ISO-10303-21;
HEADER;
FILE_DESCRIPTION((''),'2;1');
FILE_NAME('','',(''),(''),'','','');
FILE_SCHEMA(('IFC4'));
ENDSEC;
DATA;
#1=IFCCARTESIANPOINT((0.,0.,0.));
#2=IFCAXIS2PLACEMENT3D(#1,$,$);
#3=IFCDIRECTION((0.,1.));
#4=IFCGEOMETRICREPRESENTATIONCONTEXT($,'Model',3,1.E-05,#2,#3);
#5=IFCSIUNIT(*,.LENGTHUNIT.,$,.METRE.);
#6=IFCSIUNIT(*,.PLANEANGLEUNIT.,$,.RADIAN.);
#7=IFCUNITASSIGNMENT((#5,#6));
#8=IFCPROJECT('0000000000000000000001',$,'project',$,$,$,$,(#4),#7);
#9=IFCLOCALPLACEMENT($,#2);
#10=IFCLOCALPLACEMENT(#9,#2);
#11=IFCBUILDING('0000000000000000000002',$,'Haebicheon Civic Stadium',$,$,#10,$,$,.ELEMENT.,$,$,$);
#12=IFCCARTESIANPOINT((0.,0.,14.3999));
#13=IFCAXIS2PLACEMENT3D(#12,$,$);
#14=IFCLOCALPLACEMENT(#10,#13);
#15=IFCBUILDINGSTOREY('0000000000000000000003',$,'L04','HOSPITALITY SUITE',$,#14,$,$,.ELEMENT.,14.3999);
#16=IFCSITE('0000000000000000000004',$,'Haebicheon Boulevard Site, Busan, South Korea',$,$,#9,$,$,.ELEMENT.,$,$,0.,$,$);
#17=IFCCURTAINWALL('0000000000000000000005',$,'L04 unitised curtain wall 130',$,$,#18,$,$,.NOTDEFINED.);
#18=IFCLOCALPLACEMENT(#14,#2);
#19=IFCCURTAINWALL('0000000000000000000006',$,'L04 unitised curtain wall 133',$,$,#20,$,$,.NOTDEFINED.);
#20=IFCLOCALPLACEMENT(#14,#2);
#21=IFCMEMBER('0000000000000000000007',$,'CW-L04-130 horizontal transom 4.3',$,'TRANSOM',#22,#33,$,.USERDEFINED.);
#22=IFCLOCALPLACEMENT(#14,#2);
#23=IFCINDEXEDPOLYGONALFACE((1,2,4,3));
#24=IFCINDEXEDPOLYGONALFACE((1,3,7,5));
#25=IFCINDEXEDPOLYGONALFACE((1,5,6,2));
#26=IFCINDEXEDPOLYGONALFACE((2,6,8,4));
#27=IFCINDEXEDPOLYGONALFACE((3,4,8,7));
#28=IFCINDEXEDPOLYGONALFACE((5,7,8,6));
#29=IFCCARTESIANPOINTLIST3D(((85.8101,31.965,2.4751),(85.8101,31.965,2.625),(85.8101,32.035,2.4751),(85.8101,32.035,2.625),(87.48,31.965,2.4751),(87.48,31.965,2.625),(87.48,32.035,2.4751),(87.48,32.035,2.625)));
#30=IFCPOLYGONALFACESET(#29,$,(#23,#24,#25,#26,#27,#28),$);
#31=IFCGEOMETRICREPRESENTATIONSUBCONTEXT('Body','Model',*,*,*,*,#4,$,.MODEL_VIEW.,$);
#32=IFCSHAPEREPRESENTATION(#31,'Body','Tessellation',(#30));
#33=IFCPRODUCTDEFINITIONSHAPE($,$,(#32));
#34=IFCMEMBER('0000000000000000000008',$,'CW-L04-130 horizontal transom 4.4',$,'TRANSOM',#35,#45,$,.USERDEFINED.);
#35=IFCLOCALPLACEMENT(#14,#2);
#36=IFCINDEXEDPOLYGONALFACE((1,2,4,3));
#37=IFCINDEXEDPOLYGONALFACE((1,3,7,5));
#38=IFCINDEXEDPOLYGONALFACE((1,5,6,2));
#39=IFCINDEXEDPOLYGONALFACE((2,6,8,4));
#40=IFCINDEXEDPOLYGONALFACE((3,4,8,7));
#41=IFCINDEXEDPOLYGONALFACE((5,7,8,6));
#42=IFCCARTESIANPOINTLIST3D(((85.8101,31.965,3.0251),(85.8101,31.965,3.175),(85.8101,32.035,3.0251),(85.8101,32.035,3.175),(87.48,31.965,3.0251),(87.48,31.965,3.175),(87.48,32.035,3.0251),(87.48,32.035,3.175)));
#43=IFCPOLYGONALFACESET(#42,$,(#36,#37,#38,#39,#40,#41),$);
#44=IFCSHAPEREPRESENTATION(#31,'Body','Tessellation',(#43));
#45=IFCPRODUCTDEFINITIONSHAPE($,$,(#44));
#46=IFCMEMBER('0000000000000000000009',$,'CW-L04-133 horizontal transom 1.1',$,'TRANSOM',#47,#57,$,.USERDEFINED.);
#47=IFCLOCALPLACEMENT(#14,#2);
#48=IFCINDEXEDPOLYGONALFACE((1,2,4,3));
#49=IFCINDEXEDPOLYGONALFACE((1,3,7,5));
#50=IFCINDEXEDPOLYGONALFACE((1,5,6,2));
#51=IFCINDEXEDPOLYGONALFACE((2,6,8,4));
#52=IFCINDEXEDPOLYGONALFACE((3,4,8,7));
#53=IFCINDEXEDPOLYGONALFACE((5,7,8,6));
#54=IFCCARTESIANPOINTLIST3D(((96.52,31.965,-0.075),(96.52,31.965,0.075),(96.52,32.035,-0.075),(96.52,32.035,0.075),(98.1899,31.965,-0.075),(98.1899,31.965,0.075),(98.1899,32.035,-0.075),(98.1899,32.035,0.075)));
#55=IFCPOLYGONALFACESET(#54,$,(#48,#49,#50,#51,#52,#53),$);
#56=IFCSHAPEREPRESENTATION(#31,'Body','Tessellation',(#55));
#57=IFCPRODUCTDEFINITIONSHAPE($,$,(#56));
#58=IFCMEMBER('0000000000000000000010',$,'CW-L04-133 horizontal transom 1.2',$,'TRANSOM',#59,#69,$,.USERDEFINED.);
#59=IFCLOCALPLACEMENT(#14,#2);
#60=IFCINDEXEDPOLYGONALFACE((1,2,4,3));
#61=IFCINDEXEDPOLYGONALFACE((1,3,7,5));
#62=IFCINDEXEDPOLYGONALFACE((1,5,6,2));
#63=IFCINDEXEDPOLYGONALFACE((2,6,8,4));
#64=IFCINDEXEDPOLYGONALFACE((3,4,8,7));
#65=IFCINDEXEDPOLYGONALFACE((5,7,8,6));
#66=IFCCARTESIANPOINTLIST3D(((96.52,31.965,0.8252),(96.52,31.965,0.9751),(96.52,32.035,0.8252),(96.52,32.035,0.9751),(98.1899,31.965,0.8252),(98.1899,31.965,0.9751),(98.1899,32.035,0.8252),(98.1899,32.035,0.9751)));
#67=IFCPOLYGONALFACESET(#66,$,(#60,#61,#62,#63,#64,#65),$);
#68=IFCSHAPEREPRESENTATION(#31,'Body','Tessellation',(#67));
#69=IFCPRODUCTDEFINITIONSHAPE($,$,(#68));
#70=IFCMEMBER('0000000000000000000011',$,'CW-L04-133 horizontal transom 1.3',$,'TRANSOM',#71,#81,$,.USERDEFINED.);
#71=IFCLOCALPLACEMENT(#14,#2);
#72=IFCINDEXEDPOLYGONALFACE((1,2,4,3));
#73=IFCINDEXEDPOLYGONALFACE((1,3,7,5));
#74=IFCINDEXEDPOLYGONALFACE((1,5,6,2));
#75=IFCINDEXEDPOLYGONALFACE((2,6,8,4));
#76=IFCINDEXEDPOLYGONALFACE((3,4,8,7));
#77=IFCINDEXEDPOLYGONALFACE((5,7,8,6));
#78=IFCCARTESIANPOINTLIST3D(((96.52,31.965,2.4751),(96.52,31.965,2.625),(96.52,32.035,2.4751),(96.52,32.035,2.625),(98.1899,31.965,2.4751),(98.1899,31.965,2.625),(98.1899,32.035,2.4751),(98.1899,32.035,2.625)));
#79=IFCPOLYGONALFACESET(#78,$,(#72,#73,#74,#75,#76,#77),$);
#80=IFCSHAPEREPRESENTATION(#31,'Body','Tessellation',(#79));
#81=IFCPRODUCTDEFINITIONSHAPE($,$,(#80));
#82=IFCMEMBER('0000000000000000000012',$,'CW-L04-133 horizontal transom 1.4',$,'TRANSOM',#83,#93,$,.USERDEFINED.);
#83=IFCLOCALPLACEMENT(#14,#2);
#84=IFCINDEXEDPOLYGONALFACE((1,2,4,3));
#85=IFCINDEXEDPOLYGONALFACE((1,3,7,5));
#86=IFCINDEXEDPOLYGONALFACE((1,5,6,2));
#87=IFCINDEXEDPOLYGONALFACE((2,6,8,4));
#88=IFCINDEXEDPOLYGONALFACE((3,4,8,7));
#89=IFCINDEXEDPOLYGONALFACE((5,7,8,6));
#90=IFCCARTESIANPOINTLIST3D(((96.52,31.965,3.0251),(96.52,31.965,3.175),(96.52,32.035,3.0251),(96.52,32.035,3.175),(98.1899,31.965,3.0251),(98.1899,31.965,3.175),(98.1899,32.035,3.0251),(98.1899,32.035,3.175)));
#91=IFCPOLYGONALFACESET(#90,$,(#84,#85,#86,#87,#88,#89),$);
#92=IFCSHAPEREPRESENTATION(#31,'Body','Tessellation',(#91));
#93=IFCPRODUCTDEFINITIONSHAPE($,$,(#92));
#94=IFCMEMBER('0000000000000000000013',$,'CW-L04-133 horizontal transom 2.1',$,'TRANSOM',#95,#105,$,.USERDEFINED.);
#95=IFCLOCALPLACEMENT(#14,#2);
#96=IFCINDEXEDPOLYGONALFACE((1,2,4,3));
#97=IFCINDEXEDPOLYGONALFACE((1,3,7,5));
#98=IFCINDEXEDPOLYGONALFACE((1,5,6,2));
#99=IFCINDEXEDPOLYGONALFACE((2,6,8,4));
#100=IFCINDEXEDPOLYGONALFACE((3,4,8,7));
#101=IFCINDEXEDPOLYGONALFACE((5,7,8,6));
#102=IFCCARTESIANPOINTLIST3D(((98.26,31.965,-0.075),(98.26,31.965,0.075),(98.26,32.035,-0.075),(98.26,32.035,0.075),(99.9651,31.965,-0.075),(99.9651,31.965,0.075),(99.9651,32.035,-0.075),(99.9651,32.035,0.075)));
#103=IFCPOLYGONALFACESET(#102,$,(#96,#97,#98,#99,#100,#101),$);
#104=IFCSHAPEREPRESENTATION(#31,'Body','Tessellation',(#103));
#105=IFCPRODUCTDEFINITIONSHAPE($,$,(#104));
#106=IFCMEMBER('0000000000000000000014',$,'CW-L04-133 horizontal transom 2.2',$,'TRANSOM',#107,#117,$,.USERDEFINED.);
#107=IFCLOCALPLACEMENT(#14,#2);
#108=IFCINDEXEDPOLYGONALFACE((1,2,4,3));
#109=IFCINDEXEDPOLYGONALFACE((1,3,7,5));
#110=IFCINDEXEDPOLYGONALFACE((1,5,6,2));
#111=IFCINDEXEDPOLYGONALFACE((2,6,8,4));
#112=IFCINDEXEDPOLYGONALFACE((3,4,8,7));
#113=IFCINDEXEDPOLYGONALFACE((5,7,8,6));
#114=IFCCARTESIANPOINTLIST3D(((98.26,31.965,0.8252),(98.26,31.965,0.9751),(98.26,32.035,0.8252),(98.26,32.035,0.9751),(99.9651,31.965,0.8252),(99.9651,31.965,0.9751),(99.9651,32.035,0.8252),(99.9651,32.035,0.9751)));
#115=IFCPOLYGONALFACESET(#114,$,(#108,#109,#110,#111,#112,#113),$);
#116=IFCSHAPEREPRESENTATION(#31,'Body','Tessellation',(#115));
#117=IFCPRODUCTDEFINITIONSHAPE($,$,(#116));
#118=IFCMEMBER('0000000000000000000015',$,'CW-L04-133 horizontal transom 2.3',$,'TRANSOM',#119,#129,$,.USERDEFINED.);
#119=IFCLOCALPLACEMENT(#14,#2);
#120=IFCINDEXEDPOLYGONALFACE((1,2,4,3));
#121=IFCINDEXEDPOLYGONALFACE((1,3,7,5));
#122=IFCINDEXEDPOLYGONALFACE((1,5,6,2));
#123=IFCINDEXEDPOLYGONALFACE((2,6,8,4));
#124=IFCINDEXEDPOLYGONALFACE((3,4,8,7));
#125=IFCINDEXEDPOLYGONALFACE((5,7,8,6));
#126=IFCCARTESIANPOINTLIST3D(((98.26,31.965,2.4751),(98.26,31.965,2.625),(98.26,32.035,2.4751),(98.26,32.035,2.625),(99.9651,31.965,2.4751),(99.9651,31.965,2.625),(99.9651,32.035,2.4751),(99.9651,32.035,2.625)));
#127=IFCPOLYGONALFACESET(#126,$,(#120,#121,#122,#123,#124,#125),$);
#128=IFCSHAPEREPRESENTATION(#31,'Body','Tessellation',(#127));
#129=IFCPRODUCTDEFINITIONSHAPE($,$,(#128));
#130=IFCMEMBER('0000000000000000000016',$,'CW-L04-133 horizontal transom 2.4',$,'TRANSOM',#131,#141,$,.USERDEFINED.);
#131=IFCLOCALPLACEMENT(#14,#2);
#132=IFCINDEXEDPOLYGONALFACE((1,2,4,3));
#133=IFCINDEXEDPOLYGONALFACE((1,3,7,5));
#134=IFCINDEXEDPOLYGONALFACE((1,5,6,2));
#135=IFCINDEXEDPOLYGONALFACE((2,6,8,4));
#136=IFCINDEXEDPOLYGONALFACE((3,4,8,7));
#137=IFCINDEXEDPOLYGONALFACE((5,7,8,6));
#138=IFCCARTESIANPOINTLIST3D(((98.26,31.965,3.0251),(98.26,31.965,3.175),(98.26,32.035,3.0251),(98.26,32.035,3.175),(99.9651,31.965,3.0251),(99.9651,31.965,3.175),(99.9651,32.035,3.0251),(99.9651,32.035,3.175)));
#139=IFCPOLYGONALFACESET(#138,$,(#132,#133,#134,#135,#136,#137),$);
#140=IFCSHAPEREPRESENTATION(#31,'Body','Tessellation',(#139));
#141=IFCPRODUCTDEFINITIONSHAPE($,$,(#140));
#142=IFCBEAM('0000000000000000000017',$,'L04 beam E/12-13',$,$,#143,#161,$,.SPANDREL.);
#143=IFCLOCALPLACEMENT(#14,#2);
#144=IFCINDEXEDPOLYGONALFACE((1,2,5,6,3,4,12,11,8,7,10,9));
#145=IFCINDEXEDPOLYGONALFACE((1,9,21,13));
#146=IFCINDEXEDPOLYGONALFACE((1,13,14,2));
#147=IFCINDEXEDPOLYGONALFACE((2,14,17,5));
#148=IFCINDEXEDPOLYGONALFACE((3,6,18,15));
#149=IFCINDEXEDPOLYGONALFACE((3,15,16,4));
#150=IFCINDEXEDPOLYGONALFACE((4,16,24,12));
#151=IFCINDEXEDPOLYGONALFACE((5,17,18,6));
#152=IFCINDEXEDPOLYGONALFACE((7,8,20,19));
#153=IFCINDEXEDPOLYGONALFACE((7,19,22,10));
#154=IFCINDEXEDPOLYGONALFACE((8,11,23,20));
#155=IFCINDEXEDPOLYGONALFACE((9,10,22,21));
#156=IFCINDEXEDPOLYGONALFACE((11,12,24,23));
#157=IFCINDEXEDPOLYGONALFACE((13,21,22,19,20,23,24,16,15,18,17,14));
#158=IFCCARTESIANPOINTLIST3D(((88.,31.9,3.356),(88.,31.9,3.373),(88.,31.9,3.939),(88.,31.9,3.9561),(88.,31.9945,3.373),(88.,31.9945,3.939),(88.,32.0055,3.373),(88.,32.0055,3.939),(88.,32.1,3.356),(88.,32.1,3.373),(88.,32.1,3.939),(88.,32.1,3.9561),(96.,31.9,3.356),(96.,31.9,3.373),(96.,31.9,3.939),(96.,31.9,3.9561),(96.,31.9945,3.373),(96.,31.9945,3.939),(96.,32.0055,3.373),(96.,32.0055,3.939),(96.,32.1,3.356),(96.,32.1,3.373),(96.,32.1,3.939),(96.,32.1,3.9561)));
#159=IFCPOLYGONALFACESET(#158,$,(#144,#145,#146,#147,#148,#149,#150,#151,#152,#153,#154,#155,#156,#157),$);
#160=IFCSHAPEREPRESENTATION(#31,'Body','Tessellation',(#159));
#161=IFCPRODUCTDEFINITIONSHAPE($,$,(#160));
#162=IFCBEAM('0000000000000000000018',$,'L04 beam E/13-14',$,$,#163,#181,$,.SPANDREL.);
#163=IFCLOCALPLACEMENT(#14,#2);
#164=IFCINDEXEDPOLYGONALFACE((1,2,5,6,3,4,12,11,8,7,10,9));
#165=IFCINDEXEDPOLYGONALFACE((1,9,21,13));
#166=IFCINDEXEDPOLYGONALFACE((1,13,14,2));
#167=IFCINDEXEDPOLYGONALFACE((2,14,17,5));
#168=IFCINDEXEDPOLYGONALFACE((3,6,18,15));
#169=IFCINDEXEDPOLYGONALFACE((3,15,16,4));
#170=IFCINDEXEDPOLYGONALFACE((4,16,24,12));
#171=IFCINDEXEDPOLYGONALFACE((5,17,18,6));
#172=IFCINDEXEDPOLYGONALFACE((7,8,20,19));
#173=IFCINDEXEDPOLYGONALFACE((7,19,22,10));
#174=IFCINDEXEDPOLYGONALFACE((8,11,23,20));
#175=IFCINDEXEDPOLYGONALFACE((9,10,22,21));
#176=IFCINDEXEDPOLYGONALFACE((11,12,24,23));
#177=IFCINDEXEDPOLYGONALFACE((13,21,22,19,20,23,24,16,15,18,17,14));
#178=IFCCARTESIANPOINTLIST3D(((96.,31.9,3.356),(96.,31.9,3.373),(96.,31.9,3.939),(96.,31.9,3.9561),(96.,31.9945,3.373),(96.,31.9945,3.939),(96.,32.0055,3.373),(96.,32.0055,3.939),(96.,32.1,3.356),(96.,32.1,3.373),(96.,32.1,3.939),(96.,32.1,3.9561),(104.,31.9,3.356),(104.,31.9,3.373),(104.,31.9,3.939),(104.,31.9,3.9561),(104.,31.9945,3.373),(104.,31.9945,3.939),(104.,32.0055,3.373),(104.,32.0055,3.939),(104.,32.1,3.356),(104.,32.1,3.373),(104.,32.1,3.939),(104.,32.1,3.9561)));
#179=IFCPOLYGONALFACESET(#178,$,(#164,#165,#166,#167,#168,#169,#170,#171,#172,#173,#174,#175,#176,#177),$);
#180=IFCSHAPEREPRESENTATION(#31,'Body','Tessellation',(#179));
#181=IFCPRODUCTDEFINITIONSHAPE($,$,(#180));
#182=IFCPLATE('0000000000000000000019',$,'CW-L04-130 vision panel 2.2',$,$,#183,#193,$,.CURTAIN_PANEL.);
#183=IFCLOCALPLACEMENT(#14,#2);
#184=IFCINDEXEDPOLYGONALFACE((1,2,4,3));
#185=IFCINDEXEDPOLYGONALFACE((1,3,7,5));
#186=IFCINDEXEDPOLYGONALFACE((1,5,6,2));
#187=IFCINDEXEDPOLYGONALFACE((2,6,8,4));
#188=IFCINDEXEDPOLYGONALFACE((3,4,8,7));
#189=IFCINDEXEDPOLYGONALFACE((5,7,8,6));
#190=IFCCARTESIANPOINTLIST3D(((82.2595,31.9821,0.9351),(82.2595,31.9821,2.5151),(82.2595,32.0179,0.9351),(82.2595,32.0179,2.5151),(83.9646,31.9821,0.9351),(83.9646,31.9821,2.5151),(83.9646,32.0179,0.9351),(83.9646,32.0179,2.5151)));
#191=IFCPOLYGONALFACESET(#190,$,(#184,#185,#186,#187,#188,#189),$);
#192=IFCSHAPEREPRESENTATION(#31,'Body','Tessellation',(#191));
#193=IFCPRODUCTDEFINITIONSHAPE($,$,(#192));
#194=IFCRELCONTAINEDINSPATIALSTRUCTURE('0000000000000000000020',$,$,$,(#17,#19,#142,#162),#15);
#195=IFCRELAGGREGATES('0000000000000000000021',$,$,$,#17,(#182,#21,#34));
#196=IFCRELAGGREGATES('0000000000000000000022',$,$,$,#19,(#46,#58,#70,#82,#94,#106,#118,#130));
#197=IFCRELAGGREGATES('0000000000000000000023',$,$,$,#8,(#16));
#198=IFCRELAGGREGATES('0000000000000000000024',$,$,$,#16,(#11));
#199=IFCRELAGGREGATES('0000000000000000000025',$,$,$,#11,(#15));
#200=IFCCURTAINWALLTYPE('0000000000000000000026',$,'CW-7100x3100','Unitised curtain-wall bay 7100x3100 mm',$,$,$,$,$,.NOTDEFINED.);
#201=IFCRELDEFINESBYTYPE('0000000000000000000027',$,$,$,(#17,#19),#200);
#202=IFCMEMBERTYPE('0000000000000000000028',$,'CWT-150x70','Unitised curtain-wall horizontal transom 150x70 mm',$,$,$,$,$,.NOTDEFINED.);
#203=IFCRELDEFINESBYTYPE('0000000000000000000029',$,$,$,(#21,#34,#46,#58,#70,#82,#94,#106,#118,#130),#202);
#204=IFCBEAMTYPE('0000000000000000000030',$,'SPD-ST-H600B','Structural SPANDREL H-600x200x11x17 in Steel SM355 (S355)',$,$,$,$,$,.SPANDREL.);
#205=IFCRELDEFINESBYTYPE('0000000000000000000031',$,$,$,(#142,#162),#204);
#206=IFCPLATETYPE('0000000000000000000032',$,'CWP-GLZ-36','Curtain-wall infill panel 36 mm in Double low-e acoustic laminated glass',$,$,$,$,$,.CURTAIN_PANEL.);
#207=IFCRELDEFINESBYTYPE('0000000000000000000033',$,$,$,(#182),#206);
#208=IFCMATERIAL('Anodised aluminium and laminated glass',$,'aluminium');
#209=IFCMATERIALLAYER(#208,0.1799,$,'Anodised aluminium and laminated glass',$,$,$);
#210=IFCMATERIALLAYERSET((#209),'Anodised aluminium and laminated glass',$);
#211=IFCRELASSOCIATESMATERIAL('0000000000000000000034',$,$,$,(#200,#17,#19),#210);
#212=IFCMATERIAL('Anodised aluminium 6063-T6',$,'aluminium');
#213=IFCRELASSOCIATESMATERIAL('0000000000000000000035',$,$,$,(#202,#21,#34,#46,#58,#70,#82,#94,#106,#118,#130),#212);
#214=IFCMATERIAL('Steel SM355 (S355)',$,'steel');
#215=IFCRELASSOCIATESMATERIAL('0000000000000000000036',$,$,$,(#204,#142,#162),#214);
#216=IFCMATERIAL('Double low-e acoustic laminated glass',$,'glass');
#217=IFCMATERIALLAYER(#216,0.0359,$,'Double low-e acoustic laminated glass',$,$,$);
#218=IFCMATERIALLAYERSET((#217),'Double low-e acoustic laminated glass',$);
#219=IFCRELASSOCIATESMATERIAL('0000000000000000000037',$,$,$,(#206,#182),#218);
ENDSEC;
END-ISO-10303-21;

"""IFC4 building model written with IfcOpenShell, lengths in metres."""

from ifc_helpers import new_model, si_unit, direction, frame, origin, origin_2d, place, context, subcontext, project, spatial, rectangle, i_section, extrude, material, layer, layer_set, material_profile, profile_set, type_object, element, aggregate, save


model = new_model("IFC4")

# Units and contexts
model_context = context("Model", 3, precision=1e-05, world=origin(), true_north=direction((0.0, 1.0)))
body_context = subcontext(model_context, "Body", "Model", "MODEL_VIEW")
ifc_project = project(units=[si_unit("LENGTHUNIT", "METRE"), si_unit("PLANEANGLEUNIT", "RADIAN")], contexts=[model_context])

# Site, building, storey
site_placement = place(None, origin())
site = spatial("IfcSite", under=ifc_project, at=site_placement, Name="Haebicheon Boulevard Site, Busan, South Korea", CompositionType="ELEMENT", RefElevation=0.0)
building_placement = place(site_placement, origin())
building = spatial("IfcBuilding", under=site, at=building_placement, Name="Haebicheon Civic Stadium", CompositionType="ELEMENT")
storey_placement = place(building_placement, frame((0.0, 0.0, 14.3999)))
storey = spatial("IfcBuildingStorey", under=building, at=storey_placement, Name="L04", Description="HOSPITALITY SUITE", CompositionType="ELEMENT", Elevation=14.3999)

# Curtain walls
ifc_material_1 = material(Name="Anodised aluminium and laminated glass", Category="aluminium")
ifc_layer_1 = layer(ifc_material_1, 0.1799, Name="Anodised aluminium and laminated glass")
ifc_layer_set_1 = layer_set([ifc_layer_1], Name="Anodised aluminium and laminated glass")
curtain_wall_type = type_object("IfcCurtainWallType", Name="CW-7100x3100", Description="Unitised curtain-wall bay 7100x3100 mm", PredefinedType="NOTDEFINED", material=ifc_layer_set_1)
curtain_wall_1_placement = place(storey_placement, origin())
curtain_wall_1 = element("IfcCurtainWall", 1, at=curtain_wall_1_placement, inside=storey, type_object=curtain_wall_type, material=ifc_layer_set_1, Name="L04 unitised curtain wall 130", PredefinedType="NOTDEFINED")
curtain_wall_2_placement = place(storey_placement, origin())
curtain_wall_2 = element("IfcCurtainWall", 2, at=curtain_wall_2_placement, inside=storey, type_object=curtain_wall_type, material=ifc_layer_set_1, Name="L04 unitised curtain wall 133", PredefinedType="NOTDEFINED")

# Members
ifc_material_2 = material(Name="Anodised aluminium 6063-T6", Category="aluminium")
ifc_material_profile_1 = material_profile(ifc_material_2, rectangle(XDim=0.0701, YDim=0.1499, at=origin_2d()), Name="ALU-TRAN-70x150")
ifc_profile_set_1 = profile_set([ifc_material_profile_1], Name="Anodised aluminium 6063-T6")
member_type_1 = type_object("IfcMemberType", Name="CWT-150x70", Description="Unitised curtain-wall horizontal transom 150x70 mm", PredefinedType="NOTDEFINED", material=ifc_profile_set_1)
member_1_placement = place(storey_placement, frame((85.8101, 32.0, 2.55), z_axis=(1.0, 0.0, 0.0), x_axis=(0.0, 1.0, 0.0)))
member_1 = element("IfcMember", 3, at=member_1_placement, type_object=member_type_1, material=ifc_profile_set_1, Name="CW-L04-130 horizontal transom 4.3", ObjectType="TRANSOM", PredefinedType="USERDEFINED", context=body_context, shape_type="SweptSolid", body=[
    extrude(rectangle(XDim=0.0701, YDim=0.1499, at=origin_2d()), origin(), (0.0, 0.0, 1.0), 1.6699),
])
member_2_placement = place(storey_placement, frame((85.8101, 32.0, 3.1001), z_axis=(1.0, 0.0, 0.0), x_axis=(0.0, 1.0, 0.0)))
member_2 = element("IfcMember", 4, at=member_2_placement, type_object=member_type_1, material=ifc_profile_set_1, Name="CW-L04-130 horizontal transom 4.4", ObjectType="TRANSOM", PredefinedType="USERDEFINED", context=body_context, shape_type="SweptSolid", body=[
    extrude(rectangle(XDim=0.0701, YDim=0.1499, at=origin_2d()), origin(), (0.0, 0.0, 1.0), 1.6699),
])
member_3_placement = place(storey_placement, frame((96.52, 32.0, 0.0), z_axis=(1.0, 0.0, 0.0), x_axis=(0.0, 1.0, 0.0)))
member_3 = element("IfcMember", 5, at=member_3_placement, type_object=member_type_1, material=ifc_profile_set_1, Name="CW-L04-133 horizontal transom 1.1", ObjectType="TRANSOM", PredefinedType="USERDEFINED", context=body_context, shape_type="SweptSolid", body=[
    extrude(rectangle(XDim=0.0701, YDim=0.1499, at=origin_2d()), origin(), (0.0, 0.0, 1.0), 1.6699),
])
member_4_placement = place(storey_placement, frame((96.52, 32.0, 0.9001), z_axis=(1.0, 0.0, 0.0), x_axis=(0.0, 1.0, 0.0)))
member_4 = element("IfcMember", 6, at=member_4_placement, type_object=member_type_1, material=ifc_profile_set_1, Name="CW-L04-133 horizontal transom 1.2", ObjectType="TRANSOM", PredefinedType="USERDEFINED", context=body_context, shape_type="SweptSolid", body=[
    extrude(rectangle(XDim=0.0701, YDim=0.1499, at=origin_2d()), origin(), (0.0, 0.0, 1.0), 1.6699),
])
member_5_placement = place(storey_placement, frame((96.52, 32.0, 2.55), z_axis=(1.0, 0.0, 0.0), x_axis=(0.0, 1.0, 0.0)))
member_5 = element("IfcMember", 7, at=member_5_placement, type_object=member_type_1, material=ifc_profile_set_1, Name="CW-L04-133 horizontal transom 1.3", ObjectType="TRANSOM", PredefinedType="USERDEFINED", context=body_context, shape_type="SweptSolid", body=[
    extrude(rectangle(XDim=0.0701, YDim=0.1499, at=origin_2d()), origin(), (0.0, 0.0, 1.0), 1.6699),
])
member_6_placement = place(storey_placement, frame((96.52, 32.0, 3.1001), z_axis=(1.0, 0.0, 0.0), x_axis=(0.0, 1.0, 0.0)))
member_6 = element("IfcMember", 8, at=member_6_placement, type_object=member_type_1, material=ifc_profile_set_1, Name="CW-L04-133 horizontal transom 1.4", ObjectType="TRANSOM", PredefinedType="USERDEFINED", context=body_context, shape_type="SweptSolid", body=[
    extrude(rectangle(XDim=0.0701, YDim=0.1499, at=origin_2d()), origin(), (0.0, 0.0, 1.0), 1.6699),
])
member_7_placement = place(storey_placement, frame((98.26, 32.0, 0.0), z_axis=(1.0, 0.0, 0.0), x_axis=(0.0, 1.0, 0.0)))
member_7 = element("IfcMember", 9, at=member_7_placement, type_object=member_type_1, material=ifc_profile_set_1, Name="CW-L04-133 horizontal transom 2.1", ObjectType="TRANSOM", PredefinedType="USERDEFINED", context=body_context, shape_type="SweptSolid", body=[
    extrude(rectangle(XDim=0.0701, YDim=0.1499, at=origin_2d()), origin(), (0.0, 0.0, 1.0), 1.7051),
])
member_8_placement = place(storey_placement, frame((98.26, 32.0, 0.9001), z_axis=(1.0, 0.0, 0.0), x_axis=(0.0, 1.0, 0.0)))
member_8 = element("IfcMember", 10, at=member_8_placement, type_object=member_type_1, material=ifc_profile_set_1, Name="CW-L04-133 horizontal transom 2.2", ObjectType="TRANSOM", PredefinedType="USERDEFINED", context=body_context, shape_type="SweptSolid", body=[
    extrude(rectangle(XDim=0.0701, YDim=0.1499, at=origin_2d()), origin(), (0.0, 0.0, 1.0), 1.7051),
])
member_9_placement = place(storey_placement, frame((98.26, 32.0, 2.55), z_axis=(1.0, 0.0, 0.0), x_axis=(0.0, 1.0, 0.0)))
member_9 = element("IfcMember", 11, at=member_9_placement, type_object=member_type_1, material=ifc_profile_set_1, Name="CW-L04-133 horizontal transom 2.3", ObjectType="TRANSOM", PredefinedType="USERDEFINED", context=body_context, shape_type="SweptSolid", body=[
    extrude(rectangle(XDim=0.0701, YDim=0.1499, at=origin_2d()), origin(), (0.0, 0.0, 1.0), 1.7051),
])
member_10_placement = place(storey_placement, frame((98.26, 32.0, 3.1001), z_axis=(1.0, 0.0, 0.0), x_axis=(0.0, 1.0, 0.0)))
member_10 = element("IfcMember", 12, at=member_10_placement, type_object=member_type_1, material=ifc_profile_set_1, Name="CW-L04-133 horizontal transom 2.4", ObjectType="TRANSOM", PredefinedType="USERDEFINED", context=body_context, shape_type="SweptSolid", body=[
    extrude(rectangle(XDim=0.0701, YDim=0.1499, at=origin_2d()), origin(), (0.0, 0.0, 1.0), 1.7051),
])

# Beams
ifc_material_3 = material(Name="Steel SM355 (S355)", Category="steel")
ifc_material_profile_2 = material_profile(ifc_material_3, i_section(OverallWidth=0.2, OverallDepth=0.6001, WebThickness=0.011, FlangeThickness=0.0171, at=origin_2d()), Name="H-600x200x11x17")
ifc_profile_set_2 = profile_set([ifc_material_profile_2], Name="Steel SM355 (S355)")
beam_type = type_object("IfcBeamType", Name="SPD-ST-H600B", Description="Structural SPANDREL H-600x200x11x17 in Steel SM355 (S355)", PredefinedType="SPANDREL", material=ifc_profile_set_2)
for number, where, z_axis, x_axis, name in (
    (13, (88.0, 32.0, 3.656), (1.0, 0.0, 0.0), (0.0, 1.0, 0.0), "L04 beam E/12-13"),
    (14, (96.0, 32.0, 3.656), (1.0, 0.0, 0.0), (0.0, 1.0, 0.0), "L04 beam E/13-14"),
):
    element("IfcBeam", number, at=place(storey_placement, frame(where, z_axis=z_axis, x_axis=x_axis)), inside=storey, type_object=beam_type, material=ifc_profile_set_2, Name=name, PredefinedType="SPANDREL", context=body_context, shape_type="SweptSolid", body=[
        extrude(i_section(OverallWidth=0.2, OverallDepth=0.6001, WebThickness=0.011, FlangeThickness=0.0171, at=origin_2d()), origin(), (0.0, 0.0, 1.0), 8.0),
    ])

# Plate
ifc_material_4 = material(Name="Double low-e acoustic laminated glass", Category="glass")
ifc_layer_2 = layer(ifc_material_4, 0.0359, Name="Double low-e acoustic laminated glass")
ifc_layer_set_2 = layer_set([ifc_layer_2], Name="Double low-e acoustic laminated glass")
plate_type_1 = type_object("IfcPlateType", Name="CWP-GLZ-36", Description="Curtain-wall infill panel 36 mm in Double low-e acoustic laminated glass", PredefinedType="CURTAIN_PANEL", material=ifc_layer_set_2)
plate_1_placement = place(storey_placement, frame((83.1121, 32.0, 0.9351), z_axis=(0.0, 0.0, 1.0), x_axis=(1.0, 0.0, 0.0)))
plate_1 = element("IfcPlate", 15, at=plate_1_placement, type_object=plate_type_1, material=ifc_layer_set_2, Name="CW-L04-130 vision panel 2.2", PredefinedType="CURTAIN_PANEL", context=body_context, shape_type="SweptSolid", body=[
    extrude(rectangle(XDim=1.7051, YDim=0.0359, at=origin_2d()), origin(), (0.0, 0.0, 1.0), 1.5801),
])
aggregate(curtain_wall_1, [plate_1, member_1, member_2])
aggregate(curtain_wall_2, [member_3, member_4, member_5, member_6, member_7, member_8, member_9, member_10])

save(model, "model.ifc")
